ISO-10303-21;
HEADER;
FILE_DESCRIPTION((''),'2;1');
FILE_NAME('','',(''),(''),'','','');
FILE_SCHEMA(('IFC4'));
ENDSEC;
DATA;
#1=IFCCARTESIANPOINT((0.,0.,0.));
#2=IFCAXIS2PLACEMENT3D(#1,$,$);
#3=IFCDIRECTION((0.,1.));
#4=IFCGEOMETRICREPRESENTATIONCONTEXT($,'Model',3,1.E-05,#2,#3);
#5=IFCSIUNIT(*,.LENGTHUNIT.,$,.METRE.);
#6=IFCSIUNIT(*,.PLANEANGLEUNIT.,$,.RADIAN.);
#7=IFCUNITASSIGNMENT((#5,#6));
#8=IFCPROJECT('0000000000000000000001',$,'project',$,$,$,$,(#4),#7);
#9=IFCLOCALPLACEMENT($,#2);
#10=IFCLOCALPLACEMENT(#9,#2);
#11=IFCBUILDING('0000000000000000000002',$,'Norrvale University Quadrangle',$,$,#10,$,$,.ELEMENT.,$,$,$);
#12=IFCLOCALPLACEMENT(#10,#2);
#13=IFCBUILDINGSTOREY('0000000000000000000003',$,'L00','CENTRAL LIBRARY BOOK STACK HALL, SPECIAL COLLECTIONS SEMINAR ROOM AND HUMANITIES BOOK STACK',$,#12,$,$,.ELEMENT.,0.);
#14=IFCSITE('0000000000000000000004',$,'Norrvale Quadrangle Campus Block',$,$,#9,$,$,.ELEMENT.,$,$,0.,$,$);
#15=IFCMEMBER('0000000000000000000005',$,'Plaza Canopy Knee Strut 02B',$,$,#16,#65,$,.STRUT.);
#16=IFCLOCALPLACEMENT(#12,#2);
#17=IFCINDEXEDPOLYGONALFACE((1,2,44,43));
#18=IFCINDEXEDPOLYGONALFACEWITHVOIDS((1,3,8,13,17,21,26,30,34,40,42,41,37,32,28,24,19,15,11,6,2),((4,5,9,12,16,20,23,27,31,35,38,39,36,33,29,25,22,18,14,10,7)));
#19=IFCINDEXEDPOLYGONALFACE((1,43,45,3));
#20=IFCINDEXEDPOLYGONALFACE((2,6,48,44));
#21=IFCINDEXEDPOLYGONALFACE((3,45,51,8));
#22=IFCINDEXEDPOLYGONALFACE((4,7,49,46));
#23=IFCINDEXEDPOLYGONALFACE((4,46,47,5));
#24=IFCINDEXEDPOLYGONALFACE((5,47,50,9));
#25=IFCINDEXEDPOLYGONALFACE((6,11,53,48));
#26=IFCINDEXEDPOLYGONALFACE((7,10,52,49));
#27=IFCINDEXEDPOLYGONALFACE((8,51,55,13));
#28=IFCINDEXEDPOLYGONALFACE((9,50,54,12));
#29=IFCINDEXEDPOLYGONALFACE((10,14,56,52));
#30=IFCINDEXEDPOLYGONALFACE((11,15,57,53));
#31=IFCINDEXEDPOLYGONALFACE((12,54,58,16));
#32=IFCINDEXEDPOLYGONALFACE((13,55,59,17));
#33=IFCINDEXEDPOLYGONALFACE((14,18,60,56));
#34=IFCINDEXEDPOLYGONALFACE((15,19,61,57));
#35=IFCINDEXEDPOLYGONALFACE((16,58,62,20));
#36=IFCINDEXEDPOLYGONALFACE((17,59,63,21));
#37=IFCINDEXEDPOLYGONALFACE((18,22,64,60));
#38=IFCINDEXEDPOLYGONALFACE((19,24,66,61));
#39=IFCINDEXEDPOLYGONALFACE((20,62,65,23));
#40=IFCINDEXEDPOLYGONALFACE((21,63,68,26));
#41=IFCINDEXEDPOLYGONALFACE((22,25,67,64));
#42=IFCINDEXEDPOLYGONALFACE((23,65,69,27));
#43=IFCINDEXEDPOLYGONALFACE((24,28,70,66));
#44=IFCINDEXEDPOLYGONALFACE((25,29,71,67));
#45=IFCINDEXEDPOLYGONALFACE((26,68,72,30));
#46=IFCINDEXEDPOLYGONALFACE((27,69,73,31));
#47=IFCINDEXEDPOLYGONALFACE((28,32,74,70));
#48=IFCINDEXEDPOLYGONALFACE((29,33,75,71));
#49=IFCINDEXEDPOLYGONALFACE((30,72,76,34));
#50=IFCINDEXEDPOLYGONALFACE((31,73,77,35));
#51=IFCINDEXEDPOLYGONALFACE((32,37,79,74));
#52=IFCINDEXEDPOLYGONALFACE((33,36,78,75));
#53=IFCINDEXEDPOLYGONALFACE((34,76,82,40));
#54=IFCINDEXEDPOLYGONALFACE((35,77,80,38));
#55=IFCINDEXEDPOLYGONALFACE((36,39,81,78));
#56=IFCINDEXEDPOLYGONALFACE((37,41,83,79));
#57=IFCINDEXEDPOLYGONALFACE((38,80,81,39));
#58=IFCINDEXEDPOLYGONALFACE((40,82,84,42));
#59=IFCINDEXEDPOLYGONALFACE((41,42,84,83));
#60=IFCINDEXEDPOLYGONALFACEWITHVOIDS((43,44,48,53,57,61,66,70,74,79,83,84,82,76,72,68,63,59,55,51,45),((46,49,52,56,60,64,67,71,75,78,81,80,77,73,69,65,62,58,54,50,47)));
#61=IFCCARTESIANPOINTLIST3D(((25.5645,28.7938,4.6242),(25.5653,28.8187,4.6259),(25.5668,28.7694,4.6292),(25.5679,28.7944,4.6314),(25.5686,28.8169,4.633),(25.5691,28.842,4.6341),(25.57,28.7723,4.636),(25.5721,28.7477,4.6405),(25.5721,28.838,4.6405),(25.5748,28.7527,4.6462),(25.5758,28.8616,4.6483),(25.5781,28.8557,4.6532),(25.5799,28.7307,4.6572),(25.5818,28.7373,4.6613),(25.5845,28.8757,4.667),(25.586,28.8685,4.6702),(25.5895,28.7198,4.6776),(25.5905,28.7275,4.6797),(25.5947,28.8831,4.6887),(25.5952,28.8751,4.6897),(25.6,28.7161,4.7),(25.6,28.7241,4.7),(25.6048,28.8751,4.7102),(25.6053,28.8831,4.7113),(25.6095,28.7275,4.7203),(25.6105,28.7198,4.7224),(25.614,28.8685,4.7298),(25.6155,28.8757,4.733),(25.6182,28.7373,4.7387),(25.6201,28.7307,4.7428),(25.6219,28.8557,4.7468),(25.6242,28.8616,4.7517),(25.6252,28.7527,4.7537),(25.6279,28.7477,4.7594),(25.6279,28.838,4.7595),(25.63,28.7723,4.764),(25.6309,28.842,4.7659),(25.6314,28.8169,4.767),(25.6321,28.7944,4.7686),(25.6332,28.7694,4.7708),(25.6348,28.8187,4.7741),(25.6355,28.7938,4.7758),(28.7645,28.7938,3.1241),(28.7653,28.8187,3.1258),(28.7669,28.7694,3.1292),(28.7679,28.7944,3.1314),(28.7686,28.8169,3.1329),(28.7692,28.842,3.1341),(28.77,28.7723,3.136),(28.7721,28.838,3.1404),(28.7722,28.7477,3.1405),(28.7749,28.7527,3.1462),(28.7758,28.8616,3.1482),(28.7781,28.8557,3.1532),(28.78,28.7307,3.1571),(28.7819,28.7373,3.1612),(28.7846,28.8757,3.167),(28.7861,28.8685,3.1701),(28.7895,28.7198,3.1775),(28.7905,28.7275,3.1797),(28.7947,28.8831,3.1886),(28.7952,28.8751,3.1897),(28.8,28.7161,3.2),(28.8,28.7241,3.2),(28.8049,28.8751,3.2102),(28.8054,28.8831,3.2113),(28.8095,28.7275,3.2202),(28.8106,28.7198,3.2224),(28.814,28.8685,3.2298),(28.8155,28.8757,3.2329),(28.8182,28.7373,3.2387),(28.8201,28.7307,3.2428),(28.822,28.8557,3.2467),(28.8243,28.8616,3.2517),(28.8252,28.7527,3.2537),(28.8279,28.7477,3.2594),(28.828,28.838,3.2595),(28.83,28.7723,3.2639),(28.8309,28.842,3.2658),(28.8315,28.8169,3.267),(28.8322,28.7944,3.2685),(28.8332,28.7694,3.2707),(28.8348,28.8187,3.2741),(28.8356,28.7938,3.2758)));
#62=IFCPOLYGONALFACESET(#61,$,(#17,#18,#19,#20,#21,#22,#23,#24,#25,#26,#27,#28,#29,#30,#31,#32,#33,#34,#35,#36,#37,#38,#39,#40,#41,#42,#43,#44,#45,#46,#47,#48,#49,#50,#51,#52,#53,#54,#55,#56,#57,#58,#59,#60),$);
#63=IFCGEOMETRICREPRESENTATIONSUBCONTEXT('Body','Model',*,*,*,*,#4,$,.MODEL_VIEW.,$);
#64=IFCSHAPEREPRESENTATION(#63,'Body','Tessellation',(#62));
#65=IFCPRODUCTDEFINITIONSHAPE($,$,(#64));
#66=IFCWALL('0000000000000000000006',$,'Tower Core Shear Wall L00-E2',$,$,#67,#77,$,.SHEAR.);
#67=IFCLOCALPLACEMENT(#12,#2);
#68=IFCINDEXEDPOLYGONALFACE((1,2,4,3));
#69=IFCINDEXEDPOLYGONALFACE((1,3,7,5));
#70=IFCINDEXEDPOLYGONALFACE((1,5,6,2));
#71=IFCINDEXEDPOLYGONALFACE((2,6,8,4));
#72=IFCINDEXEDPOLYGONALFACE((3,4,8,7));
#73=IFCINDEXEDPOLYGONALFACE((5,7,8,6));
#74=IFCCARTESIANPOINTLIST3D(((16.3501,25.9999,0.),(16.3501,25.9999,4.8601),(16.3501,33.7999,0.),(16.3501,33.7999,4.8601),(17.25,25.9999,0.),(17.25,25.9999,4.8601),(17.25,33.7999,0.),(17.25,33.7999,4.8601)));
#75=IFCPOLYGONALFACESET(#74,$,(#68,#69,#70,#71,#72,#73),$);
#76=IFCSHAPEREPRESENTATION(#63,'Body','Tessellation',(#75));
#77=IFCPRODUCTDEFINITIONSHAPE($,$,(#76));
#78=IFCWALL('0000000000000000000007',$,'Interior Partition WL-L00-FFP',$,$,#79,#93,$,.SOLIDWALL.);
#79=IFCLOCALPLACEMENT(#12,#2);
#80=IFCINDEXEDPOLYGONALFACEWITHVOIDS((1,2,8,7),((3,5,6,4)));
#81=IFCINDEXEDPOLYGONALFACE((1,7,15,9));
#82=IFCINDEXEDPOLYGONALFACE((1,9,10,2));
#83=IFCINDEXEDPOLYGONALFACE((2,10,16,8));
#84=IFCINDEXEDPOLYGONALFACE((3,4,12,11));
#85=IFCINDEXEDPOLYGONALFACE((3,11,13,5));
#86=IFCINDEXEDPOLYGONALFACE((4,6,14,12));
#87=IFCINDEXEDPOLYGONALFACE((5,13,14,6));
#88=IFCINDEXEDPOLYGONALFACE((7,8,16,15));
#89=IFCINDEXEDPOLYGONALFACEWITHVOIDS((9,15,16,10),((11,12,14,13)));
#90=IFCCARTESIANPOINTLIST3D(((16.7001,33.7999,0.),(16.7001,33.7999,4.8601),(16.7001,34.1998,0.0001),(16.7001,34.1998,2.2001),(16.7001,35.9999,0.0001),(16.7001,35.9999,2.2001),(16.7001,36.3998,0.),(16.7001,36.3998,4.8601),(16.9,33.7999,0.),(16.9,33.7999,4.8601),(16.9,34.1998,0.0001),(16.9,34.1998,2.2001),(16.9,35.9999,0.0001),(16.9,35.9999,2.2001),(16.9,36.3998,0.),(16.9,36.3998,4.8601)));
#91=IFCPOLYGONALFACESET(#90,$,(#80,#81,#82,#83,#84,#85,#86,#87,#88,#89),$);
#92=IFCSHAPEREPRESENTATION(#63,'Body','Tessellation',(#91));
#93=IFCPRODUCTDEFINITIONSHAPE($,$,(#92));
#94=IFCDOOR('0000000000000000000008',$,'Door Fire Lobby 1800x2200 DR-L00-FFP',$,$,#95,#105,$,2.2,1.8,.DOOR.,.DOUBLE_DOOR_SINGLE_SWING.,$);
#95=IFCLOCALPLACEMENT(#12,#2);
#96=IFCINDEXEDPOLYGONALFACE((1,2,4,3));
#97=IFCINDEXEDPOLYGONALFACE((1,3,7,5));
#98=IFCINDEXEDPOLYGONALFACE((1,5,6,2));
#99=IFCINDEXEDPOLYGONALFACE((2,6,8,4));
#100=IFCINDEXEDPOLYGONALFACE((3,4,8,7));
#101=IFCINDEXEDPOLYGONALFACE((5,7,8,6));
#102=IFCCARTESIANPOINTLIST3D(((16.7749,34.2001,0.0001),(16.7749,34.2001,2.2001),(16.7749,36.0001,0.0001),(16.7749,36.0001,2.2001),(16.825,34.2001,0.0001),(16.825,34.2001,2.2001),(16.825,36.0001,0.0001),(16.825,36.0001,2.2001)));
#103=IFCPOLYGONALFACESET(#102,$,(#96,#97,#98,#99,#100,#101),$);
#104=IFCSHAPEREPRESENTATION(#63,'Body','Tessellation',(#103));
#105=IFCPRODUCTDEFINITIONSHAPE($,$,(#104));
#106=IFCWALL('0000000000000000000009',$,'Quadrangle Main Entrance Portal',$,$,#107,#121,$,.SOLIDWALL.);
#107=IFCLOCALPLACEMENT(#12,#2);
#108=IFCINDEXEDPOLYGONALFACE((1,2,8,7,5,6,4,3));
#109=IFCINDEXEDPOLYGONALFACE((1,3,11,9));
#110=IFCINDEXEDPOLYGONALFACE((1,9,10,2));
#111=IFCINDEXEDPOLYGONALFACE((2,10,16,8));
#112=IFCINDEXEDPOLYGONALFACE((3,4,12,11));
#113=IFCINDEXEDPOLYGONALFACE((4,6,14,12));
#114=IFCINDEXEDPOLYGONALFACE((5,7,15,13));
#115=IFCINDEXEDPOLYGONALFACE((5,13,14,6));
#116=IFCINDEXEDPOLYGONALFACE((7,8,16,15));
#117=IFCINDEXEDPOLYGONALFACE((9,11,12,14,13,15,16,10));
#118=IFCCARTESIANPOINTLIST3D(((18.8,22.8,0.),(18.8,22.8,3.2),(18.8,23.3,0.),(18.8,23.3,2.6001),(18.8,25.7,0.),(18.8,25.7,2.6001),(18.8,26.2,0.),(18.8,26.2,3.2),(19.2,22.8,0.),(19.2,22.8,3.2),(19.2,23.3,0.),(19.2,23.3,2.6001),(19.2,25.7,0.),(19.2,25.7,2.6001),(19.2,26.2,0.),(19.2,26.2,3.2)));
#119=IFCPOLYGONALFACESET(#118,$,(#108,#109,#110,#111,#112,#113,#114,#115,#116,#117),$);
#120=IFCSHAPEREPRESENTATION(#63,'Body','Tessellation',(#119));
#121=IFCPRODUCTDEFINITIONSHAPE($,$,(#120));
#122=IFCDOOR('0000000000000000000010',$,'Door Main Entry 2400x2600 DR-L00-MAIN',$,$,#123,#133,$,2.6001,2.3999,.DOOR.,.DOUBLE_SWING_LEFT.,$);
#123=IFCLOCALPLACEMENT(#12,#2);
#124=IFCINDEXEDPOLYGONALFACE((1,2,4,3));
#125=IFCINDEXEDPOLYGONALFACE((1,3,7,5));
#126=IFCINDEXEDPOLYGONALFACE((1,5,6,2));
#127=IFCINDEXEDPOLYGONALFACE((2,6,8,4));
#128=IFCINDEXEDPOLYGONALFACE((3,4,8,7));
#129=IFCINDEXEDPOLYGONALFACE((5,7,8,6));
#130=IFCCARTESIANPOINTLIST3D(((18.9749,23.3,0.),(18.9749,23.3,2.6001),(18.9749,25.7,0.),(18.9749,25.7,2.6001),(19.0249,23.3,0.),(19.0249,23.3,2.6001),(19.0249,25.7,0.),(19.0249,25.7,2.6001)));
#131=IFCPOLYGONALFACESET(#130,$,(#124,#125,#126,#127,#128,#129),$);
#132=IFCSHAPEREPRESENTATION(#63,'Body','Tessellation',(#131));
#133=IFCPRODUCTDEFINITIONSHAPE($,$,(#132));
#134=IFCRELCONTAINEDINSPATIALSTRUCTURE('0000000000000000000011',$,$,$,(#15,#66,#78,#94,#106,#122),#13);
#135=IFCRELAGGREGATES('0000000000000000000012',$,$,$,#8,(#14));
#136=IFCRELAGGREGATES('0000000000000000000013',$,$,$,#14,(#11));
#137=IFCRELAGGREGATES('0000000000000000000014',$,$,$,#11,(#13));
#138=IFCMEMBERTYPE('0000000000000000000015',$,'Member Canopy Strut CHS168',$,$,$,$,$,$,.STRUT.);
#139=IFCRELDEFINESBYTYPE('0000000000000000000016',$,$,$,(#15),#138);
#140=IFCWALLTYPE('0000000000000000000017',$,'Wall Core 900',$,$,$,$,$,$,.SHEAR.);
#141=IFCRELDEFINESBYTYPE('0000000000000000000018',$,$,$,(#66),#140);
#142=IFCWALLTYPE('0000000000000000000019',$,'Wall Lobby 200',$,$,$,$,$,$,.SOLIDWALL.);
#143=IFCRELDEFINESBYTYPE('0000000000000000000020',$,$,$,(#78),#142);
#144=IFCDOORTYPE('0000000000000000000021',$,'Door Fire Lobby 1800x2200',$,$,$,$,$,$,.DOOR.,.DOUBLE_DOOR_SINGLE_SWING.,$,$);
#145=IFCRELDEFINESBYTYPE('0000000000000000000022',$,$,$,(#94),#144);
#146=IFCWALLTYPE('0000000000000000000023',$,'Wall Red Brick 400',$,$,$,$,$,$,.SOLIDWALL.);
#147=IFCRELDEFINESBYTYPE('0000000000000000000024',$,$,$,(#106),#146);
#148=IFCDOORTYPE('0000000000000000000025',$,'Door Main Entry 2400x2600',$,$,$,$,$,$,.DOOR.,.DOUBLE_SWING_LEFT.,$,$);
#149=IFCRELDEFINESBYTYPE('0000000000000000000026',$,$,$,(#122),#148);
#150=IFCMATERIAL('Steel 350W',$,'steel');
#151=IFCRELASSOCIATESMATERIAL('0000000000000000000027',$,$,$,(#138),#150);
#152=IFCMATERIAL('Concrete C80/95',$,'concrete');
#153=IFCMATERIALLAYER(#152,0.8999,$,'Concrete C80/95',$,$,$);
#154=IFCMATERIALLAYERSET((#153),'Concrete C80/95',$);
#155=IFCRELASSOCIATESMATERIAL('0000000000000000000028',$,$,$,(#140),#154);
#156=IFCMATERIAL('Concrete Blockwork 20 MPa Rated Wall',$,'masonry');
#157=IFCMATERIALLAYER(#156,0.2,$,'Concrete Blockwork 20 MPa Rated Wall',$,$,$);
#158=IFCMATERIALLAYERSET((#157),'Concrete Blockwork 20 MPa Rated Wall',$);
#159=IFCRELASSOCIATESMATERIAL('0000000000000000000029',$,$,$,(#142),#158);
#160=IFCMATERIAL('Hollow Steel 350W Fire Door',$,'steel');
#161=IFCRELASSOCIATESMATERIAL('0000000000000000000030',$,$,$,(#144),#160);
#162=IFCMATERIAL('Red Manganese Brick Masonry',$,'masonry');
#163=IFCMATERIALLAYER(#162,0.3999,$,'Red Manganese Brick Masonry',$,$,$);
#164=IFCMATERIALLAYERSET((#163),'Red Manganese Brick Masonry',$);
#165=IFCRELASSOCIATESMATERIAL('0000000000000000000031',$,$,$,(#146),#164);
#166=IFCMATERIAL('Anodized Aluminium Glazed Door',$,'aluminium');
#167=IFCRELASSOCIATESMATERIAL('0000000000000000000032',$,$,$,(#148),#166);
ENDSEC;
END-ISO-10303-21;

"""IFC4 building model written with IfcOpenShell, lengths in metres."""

from ifc_helpers import new_model, si_unit, direction, frame, frame_2d, origin, origin_2d, place, context, subcontext, project, spatial, rectangle, hollow_circle, extrude, material, layer, layer_set, material_profile, profile_set, type_object, element, fill, save


model = new_model("IFC4")

# Units and contexts
model_context = context("Model", 3, precision=1e-05, world=origin(), true_north=direction((0.0, 1.0)))
body_context = subcontext(model_context, "Body", "Model", "MODEL_VIEW")
ifc_project = project(units=[si_unit("LENGTHUNIT", "METRE"), si_unit("PLANEANGLEUNIT", "RADIAN")], contexts=[model_context])

# Site, building, storey
site_placement = place(None, origin())
site = spatial("IfcSite", under=ifc_project, at=site_placement, Name="Norrvale Quadrangle Campus Block", CompositionType="ELEMENT", RefElevation=0.0)
building_placement = place(site_placement, origin())
building = spatial("IfcBuilding", under=site, at=building_placement, Name="Norrvale University Quadrangle", CompositionType="ELEMENT")
storey_placement = place(building_placement, origin())
storey = spatial("IfcBuildingStorey", under=building, at=storey_placement, Name="L00", Description="CENTRAL LIBRARY BOOK STACK HALL, SPECIAL COLLECTIONS SEMINAR ROOM AND HUMANITIES BOOK STACK", CompositionType="ELEMENT", Elevation=0.0)

# Shared definitions
ifc_material_1 = material(Name="Concrete C80/95", Category="concrete")

# Shared definitions
ifc_material_2 = material(Name="Steel 350W", Category="steel")

# Member
ifc_material_profile_1 = material_profile(ifc_material_2, hollow_circle(Radius=0.084, WallThickness=0.0081, at=origin_2d()), Name="Steel 350W")
ifc_profile_set_1 = profile_set([ifc_material_profile_1], Name="Steel 350W")
member_type_1 = type_object("IfcMemberType", Name="Member Canopy Strut CHS168", PredefinedType="STRUT", material=ifc_profile_set_1)
for number, where, z_axis, x_axis, name in (
    (1, (28.8, 28.8, 3.2), (-0.905456, 0.0, 0.424439), (0.0, -1.0, 0.0), "Plaza Canopy Knee Strut 02B"),
):
    element("IfcMember", number, at=place(storey_placement, frame(where, z_axis=z_axis, x_axis=x_axis)), inside=storey, type_object=member_type_1, Name=name, PredefinedType="STRUT", context=body_context, shape_type="SweptSolid", body=[
        extrude(hollow_circle(Radius=0.084, WallThickness=0.0081, at=origin_2d()), origin(), (0.0, 0.0, 1.0), 3.5342),
    ])

# Wall
ifc_layer_1 = layer(ifc_material_1, 0.8999, Name="Concrete C80/95")
ifc_layer_set_1 = layer_set([ifc_layer_1], Name="Concrete C80/95")
wall_type_1 = type_object("IfcWallType", Name="Wall Core 900", PredefinedType="SHEAR", material=ifc_layer_set_1)
wall_1_placement = place(storey_placement, frame((16.8, 26.0, 0.0), z_axis=(0.0, 0.0, 1.0), x_axis=(0.0, 1.0, 0.0)))
element("IfcWall", 2, at=wall_1_placement, inside=storey, type_object=wall_type_1, Name="Tower Core Shear Wall L00-E2", PredefinedType="SHEAR", context=body_context, shape_type="SweptSolid", body=[
    extrude(rectangle(XDim=7.8, YDim=0.8999, at=frame_2d((3.8999, 0.0))), origin(), (0.0, 0.0, 1.0), 4.8601),
])

# Walls, openings, doors
ifc_material_3 = material(Name="Concrete Blockwork 20 MPa Rated Wall", Category="masonry")
ifc_layer_2 = layer(ifc_material_3, 0.2, Name="Concrete Blockwork 20 MPa Rated Wall")
ifc_layer_set_2 = layer_set([ifc_layer_2], Name="Concrete Blockwork 20 MPa Rated Wall")
wall_type_2 = type_object("IfcWallType", Name="Wall Lobby 200", PredefinedType="SOLIDWALL", material=ifc_layer_set_2)
wall_2_placement = place(storey_placement, frame((16.8, 33.8, 0.0), z_axis=(0.0, 0.0, 1.0), x_axis=(0.0, 1.0, 0.0)))
wall_2 = element("IfcWall", 3, at=wall_2_placement, inside=storey, type_object=wall_type_2, Name="Interior Partition WL-L00-FFP", PredefinedType="SOLIDWALL", context=body_context, shape_type="SweptSolid", body=[
    extrude(rectangle(XDim=2.5999, YDim=0.2, at=frame_2d((1.2998, 0.0))), origin(), (0.0, 0.0, 1.0), 4.8601),
])
opening_1_placement = place(wall_2_placement, frame((0.3999, 0.0, 0.0)))
opening_1 = element("IfcOpeningElement", 4, at=opening_1_placement, cuts=wall_2, PredefinedType="OPENING", context=body_context, shape_type="SweptSolid", body=[
    extrude(rectangle(XDim=1.8, YDim=2.2, at=frame_2d((0.8999, 1.1001))), frame((0.0, 0.1121, 0.0), z_axis=(0.0, -1.0, 0.0), x_axis=(1.0, 0.0, 0.0)), (0.0, 0.0, 1.0), 0.2239),
])
ifc_material_4 = material(Name="Hollow Steel 350W Fire Door", Category="steel")
door_type_1 = type_object("IfcDoorType", Name="Door Fire Lobby 1800x2200", OperationType="DOUBLE_DOOR_SINGLE_SWING", PredefinedType="DOOR", material=ifc_material_4)
door_1_placement = place(opening_1_placement, frame((1.8, 0.0, 0.0), z_axis=(0.0, 0.0, 1.0), x_axis=(-1.0, 0.0, 0.0)))
door_1 = element("IfcDoor", 5, at=door_1_placement, inside=storey, type_object=door_type_1, Name="Door Fire Lobby 1800x2200 DR-L00-FFP", OperationType="DOUBLE_DOOR_SINGLE_SWING", OverallHeight=2.2, OverallWidth=1.8, PredefinedType="DOOR", context=body_context, shape_type="SweptSolid", body=[
    extrude(rectangle(XDim=1.8, YDim=2.2, at=frame_2d((0.8999, 1.1001))), frame((0.0, 0.0249, 0.0), z_axis=(0.0, -1.0, 0.0), x_axis=(1.0, 0.0, 0.0)), (0.0, 0.0, 1.0), 0.05),
])
fill(opening_1, door_1)
ifc_material_5 = material(Name="Red Manganese Brick Masonry", Category="masonry")
ifc_layer_3 = layer(ifc_material_5, 0.3999, Name="Red Manganese Brick Masonry")
ifc_layer_set_3 = layer_set([ifc_layer_3], Name="Red Manganese Brick Masonry")
wall_type_3 = type_object("IfcWallType", Name="Wall Red Brick 400", PredefinedType="SOLIDWALL", material=ifc_layer_set_3)
wall_3_placement = place(storey_placement, frame((19.0, 22.8, 0.0), z_axis=(0.0, 0.0, 1.0), x_axis=(0.0, 1.0, 0.0)))
wall_3 = element("IfcWall", 6, at=wall_3_placement, inside=storey, type_object=wall_type_3, Name="Quadrangle Main Entrance Portal", PredefinedType="SOLIDWALL", context=body_context, shape_type="SweptSolid", body=[
    extrude(rectangle(XDim=3.3999, YDim=0.3999, at=frame_2d((1.7, 0.0))), origin(), (0.0, 0.0, 1.0), 3.2),
])
opening_2_placement = place(wall_3_placement, frame((0.5, 0.0, 0.0)))
opening_2 = element("IfcOpeningElement", 7, at=opening_2_placement, cuts=wall_3, PredefinedType="OPENING", context=body_context, shape_type="SweptSolid", body=[
    extrude(rectangle(XDim=2.3999, YDim=2.6001, at=frame_2d((1.2, 1.3))), frame((0.0, 0.2119, 0.0), z_axis=(0.0, -1.0, 0.0), x_axis=(1.0, 0.0, 0.0)), (0.0, 0.0, 1.0), 0.4238),
])
ifc_material_6 = material(Name="Anodized Aluminium Glazed Door", Category="aluminium")
door_type_2 = type_object("IfcDoorType", Name="Door Main Entry 2400x2600", OperationType="DOUBLE_SWING_LEFT", PredefinedType="DOOR", material=ifc_material_6)
door_2_placement = place(opening_2_placement, frame((2.3999, 0.0, 0.0), z_axis=(0.0, 0.0, 1.0), x_axis=(-1.0, 0.0, 0.0)))
door_2 = element("IfcDoor", 8, at=door_2_placement, inside=storey, type_object=door_type_2, Name="Door Main Entry 2400x2600 DR-L00-MAIN", OperationType="DOUBLE_SWING_LEFT", OverallHeight=2.6001, OverallWidth=2.3999, PredefinedType="DOOR", context=body_context, shape_type="SweptSolid", body=[
    extrude(rectangle(XDim=2.3999, YDim=2.6001, at=frame_2d((1.2, 1.3))), frame((0.0, 0.0249, 0.0), z_axis=(0.0, -1.0, 0.0), x_axis=(1.0, 0.0, 0.0)), (0.0, 0.0, 1.0), 0.05),
])
fill(opening_2, door_2)

save(model, "model.ifc")
